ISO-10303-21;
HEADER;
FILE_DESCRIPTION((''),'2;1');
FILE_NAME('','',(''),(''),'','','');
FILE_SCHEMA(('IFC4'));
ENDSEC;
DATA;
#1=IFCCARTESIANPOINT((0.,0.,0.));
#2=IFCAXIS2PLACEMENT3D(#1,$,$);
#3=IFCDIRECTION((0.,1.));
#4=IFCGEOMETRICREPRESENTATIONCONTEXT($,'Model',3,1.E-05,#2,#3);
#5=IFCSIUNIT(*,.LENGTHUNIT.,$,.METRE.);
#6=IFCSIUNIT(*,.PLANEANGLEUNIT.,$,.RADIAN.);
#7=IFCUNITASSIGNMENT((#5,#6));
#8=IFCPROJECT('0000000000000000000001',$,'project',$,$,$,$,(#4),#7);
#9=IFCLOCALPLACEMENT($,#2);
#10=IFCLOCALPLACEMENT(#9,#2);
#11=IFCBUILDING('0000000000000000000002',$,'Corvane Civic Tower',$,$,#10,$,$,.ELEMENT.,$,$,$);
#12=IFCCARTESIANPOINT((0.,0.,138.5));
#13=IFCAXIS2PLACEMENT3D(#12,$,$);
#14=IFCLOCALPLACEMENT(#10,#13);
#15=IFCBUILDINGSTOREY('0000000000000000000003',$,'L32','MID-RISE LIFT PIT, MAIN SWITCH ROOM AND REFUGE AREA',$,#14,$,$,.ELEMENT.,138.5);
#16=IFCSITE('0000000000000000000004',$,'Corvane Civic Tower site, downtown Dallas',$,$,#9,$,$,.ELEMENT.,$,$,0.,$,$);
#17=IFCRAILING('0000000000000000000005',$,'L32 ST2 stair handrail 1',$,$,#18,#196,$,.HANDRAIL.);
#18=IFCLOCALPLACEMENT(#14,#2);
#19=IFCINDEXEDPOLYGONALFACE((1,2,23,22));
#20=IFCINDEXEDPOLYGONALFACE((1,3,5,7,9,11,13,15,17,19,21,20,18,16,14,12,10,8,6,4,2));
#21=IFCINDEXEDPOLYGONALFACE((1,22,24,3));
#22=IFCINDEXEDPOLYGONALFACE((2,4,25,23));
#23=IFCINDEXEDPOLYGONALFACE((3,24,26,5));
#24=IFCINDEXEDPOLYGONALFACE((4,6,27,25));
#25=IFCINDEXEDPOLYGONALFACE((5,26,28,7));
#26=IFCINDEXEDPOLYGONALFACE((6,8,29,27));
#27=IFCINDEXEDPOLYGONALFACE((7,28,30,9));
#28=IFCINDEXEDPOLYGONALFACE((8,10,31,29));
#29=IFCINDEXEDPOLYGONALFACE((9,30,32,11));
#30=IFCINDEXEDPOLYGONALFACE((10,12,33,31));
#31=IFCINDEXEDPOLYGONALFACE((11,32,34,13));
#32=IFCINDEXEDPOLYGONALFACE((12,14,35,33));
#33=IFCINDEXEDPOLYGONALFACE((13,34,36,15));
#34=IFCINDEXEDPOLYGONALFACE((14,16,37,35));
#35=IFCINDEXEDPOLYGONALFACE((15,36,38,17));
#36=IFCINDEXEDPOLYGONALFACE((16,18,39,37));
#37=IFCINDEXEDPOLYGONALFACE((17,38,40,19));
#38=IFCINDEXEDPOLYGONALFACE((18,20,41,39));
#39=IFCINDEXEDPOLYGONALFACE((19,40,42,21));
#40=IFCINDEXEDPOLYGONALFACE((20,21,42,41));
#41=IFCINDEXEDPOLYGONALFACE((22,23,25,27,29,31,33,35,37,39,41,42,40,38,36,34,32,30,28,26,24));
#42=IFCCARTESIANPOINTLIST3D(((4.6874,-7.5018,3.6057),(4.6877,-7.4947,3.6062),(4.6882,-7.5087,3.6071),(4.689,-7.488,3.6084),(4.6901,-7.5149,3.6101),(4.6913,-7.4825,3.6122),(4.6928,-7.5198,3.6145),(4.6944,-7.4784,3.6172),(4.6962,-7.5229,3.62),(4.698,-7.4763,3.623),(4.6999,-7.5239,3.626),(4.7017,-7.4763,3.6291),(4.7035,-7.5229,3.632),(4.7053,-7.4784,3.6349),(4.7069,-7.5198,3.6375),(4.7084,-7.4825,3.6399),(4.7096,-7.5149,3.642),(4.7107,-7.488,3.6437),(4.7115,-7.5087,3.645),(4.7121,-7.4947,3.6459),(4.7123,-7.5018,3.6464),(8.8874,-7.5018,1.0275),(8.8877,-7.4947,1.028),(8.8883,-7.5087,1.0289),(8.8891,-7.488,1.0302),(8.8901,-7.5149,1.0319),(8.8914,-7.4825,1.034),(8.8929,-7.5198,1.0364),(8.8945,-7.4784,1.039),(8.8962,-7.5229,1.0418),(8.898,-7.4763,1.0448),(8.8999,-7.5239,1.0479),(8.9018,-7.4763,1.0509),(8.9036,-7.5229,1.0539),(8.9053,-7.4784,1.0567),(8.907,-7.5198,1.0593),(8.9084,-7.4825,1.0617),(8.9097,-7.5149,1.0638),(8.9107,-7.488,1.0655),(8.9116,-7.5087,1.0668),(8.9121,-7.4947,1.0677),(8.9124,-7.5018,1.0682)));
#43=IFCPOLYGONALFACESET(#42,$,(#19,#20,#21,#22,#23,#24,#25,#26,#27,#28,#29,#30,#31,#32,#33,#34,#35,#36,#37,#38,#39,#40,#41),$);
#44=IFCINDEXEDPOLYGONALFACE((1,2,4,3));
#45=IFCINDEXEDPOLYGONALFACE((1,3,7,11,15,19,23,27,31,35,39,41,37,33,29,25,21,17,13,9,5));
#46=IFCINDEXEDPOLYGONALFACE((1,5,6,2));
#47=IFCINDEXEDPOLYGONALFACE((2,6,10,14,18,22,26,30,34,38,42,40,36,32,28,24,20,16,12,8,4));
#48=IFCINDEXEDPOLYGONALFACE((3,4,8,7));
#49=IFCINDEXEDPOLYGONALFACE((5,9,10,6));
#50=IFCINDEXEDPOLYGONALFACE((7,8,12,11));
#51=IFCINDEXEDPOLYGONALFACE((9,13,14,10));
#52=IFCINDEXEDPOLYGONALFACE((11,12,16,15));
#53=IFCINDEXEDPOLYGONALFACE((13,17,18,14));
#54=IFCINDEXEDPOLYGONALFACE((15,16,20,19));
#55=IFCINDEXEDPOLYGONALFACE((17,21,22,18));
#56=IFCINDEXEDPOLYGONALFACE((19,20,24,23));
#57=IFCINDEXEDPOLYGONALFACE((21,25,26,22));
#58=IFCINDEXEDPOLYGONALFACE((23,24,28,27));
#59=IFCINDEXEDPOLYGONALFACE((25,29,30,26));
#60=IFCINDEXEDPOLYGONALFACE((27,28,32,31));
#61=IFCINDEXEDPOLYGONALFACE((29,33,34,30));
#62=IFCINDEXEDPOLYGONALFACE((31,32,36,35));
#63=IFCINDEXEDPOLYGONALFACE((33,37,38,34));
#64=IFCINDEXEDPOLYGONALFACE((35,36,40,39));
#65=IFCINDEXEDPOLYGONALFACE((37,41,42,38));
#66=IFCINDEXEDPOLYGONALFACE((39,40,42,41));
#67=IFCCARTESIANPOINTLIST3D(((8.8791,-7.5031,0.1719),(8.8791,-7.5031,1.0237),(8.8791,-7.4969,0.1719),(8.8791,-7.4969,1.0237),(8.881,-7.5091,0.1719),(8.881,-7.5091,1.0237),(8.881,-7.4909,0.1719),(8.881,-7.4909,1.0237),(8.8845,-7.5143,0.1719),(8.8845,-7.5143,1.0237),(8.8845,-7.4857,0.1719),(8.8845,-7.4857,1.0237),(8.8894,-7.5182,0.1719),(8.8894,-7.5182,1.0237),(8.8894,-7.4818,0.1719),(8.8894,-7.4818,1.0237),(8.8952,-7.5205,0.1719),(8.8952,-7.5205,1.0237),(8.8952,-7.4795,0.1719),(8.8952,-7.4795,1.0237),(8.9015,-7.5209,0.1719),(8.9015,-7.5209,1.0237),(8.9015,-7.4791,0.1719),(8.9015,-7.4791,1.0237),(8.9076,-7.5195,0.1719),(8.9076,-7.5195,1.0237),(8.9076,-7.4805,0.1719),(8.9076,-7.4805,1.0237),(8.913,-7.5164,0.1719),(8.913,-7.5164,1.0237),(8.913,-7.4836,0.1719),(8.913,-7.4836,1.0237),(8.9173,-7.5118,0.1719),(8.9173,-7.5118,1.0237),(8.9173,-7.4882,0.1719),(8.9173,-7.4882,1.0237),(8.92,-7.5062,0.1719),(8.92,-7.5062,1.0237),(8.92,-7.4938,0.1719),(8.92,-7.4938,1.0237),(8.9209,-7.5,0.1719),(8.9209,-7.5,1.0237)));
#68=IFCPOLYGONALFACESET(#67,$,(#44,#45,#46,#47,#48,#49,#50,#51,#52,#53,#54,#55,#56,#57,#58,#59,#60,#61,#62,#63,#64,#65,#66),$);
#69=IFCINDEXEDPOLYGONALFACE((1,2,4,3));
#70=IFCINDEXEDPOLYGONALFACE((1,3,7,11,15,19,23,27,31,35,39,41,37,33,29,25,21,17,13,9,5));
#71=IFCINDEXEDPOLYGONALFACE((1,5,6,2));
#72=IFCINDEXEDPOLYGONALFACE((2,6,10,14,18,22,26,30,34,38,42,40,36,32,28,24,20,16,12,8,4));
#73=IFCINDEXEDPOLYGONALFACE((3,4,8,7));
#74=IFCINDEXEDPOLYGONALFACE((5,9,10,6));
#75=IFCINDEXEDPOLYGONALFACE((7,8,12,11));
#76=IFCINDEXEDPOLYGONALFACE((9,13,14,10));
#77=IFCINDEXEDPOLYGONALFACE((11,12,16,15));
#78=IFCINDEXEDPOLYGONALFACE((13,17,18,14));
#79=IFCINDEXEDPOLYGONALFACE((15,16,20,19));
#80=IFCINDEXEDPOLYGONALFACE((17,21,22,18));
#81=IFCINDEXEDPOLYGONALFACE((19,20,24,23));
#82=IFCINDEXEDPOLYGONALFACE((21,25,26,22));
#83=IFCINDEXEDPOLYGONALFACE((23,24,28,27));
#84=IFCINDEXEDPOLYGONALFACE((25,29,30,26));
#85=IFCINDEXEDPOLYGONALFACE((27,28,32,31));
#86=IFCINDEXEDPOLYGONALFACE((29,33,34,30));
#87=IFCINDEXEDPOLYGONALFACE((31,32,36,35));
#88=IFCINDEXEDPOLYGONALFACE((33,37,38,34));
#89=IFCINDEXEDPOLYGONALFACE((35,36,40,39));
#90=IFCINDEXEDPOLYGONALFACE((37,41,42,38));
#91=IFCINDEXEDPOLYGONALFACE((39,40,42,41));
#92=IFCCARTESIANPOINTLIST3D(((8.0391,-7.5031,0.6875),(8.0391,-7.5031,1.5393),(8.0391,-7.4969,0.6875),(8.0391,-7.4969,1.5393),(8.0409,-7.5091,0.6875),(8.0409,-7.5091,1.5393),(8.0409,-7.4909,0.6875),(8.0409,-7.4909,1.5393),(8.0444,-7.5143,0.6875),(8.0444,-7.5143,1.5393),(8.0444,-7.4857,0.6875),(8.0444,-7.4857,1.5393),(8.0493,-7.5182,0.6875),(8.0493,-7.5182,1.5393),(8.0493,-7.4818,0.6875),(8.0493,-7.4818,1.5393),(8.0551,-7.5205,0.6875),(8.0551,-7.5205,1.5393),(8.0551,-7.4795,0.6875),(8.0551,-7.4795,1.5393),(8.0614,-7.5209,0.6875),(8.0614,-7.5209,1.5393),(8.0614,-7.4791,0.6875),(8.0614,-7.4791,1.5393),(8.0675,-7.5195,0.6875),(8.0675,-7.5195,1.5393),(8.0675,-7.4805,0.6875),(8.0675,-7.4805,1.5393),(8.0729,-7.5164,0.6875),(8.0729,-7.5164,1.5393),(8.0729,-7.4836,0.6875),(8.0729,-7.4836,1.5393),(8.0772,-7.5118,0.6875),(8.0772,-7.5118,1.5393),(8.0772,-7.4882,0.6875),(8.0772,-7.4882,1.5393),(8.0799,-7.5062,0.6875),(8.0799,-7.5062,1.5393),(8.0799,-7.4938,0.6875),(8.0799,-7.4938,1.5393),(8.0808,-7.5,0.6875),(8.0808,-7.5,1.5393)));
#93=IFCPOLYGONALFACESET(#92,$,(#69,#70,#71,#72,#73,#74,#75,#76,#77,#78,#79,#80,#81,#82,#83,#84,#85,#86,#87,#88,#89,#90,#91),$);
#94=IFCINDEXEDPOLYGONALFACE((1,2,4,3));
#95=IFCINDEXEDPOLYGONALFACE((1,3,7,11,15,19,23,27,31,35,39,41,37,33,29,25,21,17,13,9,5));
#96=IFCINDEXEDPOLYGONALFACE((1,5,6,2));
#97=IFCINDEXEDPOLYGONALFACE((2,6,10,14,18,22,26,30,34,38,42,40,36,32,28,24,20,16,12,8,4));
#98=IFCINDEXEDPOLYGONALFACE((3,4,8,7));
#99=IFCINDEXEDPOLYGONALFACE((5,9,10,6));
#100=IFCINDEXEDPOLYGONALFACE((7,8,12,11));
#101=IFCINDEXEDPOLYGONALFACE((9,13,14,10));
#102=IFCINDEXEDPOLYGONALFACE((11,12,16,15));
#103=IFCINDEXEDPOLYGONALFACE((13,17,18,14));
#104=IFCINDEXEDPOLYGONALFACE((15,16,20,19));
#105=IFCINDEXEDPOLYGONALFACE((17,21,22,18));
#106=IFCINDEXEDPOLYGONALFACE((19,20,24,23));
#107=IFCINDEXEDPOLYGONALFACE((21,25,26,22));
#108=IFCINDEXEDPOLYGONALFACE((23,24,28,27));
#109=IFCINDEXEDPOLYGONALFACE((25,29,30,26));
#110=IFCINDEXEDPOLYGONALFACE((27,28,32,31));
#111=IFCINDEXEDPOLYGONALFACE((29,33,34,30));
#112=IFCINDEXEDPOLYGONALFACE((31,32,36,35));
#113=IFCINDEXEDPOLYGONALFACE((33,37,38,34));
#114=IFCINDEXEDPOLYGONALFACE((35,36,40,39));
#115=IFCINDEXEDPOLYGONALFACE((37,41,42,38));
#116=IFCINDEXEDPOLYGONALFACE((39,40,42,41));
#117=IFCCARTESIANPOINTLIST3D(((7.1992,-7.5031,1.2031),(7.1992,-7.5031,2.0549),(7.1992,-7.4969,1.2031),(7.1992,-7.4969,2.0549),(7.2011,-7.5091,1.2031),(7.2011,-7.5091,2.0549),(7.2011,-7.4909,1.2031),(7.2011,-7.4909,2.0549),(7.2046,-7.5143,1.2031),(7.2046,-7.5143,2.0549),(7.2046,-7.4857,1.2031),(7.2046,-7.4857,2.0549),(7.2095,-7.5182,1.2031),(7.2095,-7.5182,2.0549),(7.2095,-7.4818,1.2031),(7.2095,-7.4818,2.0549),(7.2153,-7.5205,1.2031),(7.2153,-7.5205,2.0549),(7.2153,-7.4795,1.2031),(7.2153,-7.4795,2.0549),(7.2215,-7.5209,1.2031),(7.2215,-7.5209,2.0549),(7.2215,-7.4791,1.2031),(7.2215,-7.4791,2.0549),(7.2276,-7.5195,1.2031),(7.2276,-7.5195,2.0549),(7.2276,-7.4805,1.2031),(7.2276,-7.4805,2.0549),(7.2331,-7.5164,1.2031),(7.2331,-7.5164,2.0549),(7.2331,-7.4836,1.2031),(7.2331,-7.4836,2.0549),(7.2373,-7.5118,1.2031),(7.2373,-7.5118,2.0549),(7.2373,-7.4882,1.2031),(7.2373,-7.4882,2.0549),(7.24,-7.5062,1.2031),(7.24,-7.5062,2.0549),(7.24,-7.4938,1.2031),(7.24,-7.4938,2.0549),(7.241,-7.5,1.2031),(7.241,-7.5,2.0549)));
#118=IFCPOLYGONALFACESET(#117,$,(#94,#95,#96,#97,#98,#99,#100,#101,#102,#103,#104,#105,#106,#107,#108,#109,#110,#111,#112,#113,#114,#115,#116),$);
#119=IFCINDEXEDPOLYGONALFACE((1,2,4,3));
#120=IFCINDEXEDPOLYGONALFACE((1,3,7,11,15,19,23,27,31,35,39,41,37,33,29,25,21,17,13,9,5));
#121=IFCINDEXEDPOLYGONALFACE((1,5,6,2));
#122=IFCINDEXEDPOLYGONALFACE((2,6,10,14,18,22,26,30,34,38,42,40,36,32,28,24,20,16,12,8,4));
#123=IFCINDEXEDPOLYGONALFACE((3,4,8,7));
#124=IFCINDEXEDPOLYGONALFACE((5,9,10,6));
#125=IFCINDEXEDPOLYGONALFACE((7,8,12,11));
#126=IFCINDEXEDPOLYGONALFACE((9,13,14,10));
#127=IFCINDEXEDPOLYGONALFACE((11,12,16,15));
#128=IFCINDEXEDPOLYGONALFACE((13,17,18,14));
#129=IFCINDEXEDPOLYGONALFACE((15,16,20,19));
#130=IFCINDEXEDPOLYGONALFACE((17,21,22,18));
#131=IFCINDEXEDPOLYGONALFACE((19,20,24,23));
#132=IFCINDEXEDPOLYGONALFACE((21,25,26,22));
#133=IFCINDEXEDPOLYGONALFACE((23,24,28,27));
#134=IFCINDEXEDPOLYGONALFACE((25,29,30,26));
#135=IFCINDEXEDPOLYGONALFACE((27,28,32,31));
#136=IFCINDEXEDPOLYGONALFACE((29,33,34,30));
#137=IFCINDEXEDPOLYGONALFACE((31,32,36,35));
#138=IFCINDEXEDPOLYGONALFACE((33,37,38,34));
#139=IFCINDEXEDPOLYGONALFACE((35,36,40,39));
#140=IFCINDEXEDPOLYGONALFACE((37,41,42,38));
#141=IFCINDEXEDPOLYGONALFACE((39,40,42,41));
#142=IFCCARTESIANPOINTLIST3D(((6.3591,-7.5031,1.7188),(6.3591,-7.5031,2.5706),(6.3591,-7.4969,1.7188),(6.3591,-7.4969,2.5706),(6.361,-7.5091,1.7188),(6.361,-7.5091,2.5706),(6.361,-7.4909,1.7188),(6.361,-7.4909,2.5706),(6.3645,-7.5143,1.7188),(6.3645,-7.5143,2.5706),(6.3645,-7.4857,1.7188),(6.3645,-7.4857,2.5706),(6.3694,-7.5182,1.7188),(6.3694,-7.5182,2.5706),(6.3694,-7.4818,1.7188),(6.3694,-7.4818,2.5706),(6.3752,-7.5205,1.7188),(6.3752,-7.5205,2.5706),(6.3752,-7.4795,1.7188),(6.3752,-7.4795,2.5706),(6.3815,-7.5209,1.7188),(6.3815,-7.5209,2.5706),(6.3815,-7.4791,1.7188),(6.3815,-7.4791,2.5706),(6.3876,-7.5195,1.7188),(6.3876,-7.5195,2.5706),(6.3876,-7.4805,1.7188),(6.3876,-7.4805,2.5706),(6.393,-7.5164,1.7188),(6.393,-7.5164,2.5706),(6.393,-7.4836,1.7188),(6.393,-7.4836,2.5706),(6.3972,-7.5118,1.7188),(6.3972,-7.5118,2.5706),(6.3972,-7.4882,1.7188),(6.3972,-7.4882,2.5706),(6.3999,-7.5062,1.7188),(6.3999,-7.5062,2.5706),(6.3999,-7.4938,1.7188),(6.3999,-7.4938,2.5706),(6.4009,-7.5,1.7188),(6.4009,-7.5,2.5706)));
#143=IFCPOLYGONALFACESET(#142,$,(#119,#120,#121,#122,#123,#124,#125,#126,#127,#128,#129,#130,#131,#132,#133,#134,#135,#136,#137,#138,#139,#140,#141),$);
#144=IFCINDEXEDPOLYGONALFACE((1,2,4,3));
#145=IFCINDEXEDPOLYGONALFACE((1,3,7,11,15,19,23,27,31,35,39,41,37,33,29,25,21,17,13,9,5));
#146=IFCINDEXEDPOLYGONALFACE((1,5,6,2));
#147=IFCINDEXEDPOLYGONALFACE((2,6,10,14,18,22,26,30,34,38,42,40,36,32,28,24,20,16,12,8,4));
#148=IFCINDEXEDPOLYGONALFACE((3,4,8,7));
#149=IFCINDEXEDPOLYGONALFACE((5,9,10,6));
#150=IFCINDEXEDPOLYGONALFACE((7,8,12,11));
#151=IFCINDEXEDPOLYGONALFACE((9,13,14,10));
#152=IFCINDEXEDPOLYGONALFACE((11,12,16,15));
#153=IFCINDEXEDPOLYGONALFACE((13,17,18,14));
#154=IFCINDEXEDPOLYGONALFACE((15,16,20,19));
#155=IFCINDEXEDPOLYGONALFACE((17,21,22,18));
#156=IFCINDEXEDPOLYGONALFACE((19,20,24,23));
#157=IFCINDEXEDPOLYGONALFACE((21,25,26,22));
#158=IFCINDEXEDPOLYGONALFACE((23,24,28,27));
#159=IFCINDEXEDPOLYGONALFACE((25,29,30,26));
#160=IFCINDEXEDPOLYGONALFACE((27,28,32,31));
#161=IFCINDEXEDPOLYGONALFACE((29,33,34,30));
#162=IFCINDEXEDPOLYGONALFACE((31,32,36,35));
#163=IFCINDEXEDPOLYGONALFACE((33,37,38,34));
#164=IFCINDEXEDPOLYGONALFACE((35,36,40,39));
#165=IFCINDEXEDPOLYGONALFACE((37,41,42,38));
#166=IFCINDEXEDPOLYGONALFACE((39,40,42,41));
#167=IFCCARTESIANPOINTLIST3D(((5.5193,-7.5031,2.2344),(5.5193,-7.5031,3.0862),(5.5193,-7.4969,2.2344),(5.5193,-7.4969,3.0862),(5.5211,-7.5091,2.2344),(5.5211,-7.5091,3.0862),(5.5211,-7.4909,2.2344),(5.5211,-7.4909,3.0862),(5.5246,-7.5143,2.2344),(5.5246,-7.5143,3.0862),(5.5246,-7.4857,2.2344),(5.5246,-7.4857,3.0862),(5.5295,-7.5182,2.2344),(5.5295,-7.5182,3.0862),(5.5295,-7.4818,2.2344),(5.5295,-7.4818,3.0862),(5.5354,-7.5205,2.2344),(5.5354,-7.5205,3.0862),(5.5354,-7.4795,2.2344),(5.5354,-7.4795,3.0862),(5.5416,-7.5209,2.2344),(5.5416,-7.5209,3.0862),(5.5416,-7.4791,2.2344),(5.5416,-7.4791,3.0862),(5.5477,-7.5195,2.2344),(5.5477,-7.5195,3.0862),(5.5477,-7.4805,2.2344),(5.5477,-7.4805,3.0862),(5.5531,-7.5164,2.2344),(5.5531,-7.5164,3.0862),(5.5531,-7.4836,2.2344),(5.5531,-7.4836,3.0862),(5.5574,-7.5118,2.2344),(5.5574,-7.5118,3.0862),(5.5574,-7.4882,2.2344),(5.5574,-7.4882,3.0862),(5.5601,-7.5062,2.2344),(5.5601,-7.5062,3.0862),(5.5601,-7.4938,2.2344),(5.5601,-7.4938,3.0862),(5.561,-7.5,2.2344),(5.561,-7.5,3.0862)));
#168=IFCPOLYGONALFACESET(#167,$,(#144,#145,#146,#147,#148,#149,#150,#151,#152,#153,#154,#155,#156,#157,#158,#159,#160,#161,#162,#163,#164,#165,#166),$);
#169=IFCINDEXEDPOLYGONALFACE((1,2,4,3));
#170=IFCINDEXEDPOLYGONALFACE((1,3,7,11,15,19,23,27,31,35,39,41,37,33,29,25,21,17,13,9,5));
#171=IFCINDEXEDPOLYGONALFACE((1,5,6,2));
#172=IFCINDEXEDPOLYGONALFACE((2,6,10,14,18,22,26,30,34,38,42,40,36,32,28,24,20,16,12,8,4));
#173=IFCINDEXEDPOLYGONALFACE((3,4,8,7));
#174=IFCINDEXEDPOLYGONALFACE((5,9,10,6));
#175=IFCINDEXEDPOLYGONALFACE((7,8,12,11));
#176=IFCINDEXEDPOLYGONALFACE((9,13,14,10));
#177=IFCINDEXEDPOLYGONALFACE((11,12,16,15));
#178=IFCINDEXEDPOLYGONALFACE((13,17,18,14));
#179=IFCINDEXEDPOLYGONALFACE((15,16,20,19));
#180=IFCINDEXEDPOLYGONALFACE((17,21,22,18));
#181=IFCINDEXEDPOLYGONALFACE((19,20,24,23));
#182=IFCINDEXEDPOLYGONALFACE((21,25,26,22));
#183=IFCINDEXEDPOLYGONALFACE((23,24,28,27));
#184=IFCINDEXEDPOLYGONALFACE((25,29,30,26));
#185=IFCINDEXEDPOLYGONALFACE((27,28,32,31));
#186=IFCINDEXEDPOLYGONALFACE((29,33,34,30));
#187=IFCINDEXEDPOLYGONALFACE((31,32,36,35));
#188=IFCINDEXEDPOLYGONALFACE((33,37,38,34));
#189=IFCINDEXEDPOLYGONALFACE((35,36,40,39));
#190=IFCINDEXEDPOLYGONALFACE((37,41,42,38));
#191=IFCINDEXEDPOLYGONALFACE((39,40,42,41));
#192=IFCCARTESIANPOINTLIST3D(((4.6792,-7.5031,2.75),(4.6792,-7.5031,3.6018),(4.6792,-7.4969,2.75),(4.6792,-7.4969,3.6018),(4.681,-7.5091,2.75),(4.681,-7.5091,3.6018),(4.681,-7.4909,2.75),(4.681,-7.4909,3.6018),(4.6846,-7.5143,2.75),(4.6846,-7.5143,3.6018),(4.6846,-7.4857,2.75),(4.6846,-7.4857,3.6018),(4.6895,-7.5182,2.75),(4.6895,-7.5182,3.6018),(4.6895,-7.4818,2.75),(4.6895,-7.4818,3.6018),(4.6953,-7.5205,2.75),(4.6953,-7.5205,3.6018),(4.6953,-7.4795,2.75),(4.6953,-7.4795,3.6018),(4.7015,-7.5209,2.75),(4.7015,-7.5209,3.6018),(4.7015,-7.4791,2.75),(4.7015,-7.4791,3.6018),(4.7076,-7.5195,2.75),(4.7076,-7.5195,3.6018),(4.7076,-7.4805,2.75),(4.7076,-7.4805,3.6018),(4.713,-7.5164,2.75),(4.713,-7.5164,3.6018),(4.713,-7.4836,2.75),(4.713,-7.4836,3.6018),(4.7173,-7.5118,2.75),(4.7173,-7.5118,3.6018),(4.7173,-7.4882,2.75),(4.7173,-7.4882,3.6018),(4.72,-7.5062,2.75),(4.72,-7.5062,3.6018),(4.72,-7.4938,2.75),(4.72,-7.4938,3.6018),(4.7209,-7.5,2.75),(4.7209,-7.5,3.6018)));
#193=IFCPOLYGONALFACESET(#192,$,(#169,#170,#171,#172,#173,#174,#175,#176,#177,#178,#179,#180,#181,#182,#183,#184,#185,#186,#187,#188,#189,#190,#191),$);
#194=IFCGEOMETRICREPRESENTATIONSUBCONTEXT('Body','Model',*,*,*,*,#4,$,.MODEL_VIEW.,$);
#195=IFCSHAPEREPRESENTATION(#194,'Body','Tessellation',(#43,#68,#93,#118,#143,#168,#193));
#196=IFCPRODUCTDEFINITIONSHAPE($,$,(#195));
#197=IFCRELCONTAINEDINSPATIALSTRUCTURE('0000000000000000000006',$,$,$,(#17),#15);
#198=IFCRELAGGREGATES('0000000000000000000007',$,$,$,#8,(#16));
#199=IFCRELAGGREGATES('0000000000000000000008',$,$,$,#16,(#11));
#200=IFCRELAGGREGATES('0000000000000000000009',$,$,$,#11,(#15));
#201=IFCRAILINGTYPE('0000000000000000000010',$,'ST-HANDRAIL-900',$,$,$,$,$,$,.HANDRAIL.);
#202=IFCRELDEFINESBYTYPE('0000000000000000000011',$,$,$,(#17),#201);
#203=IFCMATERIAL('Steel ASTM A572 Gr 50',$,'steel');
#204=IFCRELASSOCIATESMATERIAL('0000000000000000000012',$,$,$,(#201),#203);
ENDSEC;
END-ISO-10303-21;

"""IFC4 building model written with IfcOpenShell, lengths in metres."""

from ifc_helpers import new_model, si_unit, direction, frame, origin, origin_2d, place, context, subcontext, project, spatial, circle, extrude, material, type_object, element, save


model = new_model("IFC4")

# Units and contexts
model_context = context("Model", 3, precision=1e-05, world=origin(), true_north=direction((0.0, 1.0)))
body_context = subcontext(model_context, "Body", "Model", "MODEL_VIEW")
ifc_project = project(units=[si_unit("LENGTHUNIT", "METRE"), si_unit("PLANEANGLEUNIT", "RADIAN")], contexts=[model_context])

# Site, building, storey
site_placement = place(None, origin())
site = spatial("IfcSite", under=ifc_project, at=site_placement, Name="Corvane Civic Tower site, downtown Dallas", CompositionType="ELEMENT", RefElevation=0.0)
building_placement = place(site_placement, origin())
building = spatial("IfcBuilding", under=site, at=building_placement, Name="Corvane Civic Tower", CompositionType="ELEMENT")
storey_placement = place(building_placement, frame((0.0, 0.0, 138.5)))
storey = spatial("IfcBuildingStorey", under=building, at=storey_placement, Name="L32", Description="MID-RISE LIFT PIT, MAIN SWITCH ROOM AND REFUGE AREA", CompositionType="ELEMENT", Elevation=138.5)

# Railing
ifc_material_1 = material(Name="Steel ASTM A572 Gr 50", Category="steel")
railing_type_1 = type_object("IfcRailingType", Name="ST-HANDRAIL-900", PredefinedType="HANDRAIL", material=ifc_material_1)
railing_1_placement = place(storey_placement, frame((8.8999, -7.5, 0.1719)))
element("IfcRailing", 1, at=railing_1_placement, inside=storey, type_object=railing_type_1, Name="L32 ST2 stair handrail 1", PredefinedType="HANDRAIL", context=body_context, shape_type="SweptSolid", body=[
    extrude(circle(Radius=0.0239, at=origin_2d()), frame((0.0, 0.0, 0.876), z_axis=(-0.852243, 0.0, 0.523146), x_axis=(0.0, -1.0, 0.0)), (0.0, 0.0, 1.0), 4.9282),
    extrude(circle(Radius=0.021, at=origin_2d()), origin(), (0.0, 0.0, 1.0), 0.8518),
    extrude(circle(Radius=0.021, at=origin_2d()), frame((-0.8401, 0.0, 0.5156)), (0.0, 0.0, 1.0), 0.8518),
    extrude(circle(Radius=0.021, at=origin_2d()), frame((-1.6799, 0.0, 1.0312)), (0.0, 0.0, 1.0), 0.8518),
    extrude(circle(Radius=0.021, at=origin_2d()), frame((-2.52, 0.0, 1.5469)), (0.0, 0.0, 1.0), 0.8518),
    extrude(circle(Radius=0.021, at=origin_2d()), frame((-3.3599, 0.0, 2.0625)), (0.0, 0.0, 1.0), 0.8518),
    extrude(circle(Radius=0.021, at=origin_2d()), frame((-4.2, 0.0, 2.5781)), (0.0, 0.0, 1.0), 0.8518),
])

save(model, "model.ifc")
